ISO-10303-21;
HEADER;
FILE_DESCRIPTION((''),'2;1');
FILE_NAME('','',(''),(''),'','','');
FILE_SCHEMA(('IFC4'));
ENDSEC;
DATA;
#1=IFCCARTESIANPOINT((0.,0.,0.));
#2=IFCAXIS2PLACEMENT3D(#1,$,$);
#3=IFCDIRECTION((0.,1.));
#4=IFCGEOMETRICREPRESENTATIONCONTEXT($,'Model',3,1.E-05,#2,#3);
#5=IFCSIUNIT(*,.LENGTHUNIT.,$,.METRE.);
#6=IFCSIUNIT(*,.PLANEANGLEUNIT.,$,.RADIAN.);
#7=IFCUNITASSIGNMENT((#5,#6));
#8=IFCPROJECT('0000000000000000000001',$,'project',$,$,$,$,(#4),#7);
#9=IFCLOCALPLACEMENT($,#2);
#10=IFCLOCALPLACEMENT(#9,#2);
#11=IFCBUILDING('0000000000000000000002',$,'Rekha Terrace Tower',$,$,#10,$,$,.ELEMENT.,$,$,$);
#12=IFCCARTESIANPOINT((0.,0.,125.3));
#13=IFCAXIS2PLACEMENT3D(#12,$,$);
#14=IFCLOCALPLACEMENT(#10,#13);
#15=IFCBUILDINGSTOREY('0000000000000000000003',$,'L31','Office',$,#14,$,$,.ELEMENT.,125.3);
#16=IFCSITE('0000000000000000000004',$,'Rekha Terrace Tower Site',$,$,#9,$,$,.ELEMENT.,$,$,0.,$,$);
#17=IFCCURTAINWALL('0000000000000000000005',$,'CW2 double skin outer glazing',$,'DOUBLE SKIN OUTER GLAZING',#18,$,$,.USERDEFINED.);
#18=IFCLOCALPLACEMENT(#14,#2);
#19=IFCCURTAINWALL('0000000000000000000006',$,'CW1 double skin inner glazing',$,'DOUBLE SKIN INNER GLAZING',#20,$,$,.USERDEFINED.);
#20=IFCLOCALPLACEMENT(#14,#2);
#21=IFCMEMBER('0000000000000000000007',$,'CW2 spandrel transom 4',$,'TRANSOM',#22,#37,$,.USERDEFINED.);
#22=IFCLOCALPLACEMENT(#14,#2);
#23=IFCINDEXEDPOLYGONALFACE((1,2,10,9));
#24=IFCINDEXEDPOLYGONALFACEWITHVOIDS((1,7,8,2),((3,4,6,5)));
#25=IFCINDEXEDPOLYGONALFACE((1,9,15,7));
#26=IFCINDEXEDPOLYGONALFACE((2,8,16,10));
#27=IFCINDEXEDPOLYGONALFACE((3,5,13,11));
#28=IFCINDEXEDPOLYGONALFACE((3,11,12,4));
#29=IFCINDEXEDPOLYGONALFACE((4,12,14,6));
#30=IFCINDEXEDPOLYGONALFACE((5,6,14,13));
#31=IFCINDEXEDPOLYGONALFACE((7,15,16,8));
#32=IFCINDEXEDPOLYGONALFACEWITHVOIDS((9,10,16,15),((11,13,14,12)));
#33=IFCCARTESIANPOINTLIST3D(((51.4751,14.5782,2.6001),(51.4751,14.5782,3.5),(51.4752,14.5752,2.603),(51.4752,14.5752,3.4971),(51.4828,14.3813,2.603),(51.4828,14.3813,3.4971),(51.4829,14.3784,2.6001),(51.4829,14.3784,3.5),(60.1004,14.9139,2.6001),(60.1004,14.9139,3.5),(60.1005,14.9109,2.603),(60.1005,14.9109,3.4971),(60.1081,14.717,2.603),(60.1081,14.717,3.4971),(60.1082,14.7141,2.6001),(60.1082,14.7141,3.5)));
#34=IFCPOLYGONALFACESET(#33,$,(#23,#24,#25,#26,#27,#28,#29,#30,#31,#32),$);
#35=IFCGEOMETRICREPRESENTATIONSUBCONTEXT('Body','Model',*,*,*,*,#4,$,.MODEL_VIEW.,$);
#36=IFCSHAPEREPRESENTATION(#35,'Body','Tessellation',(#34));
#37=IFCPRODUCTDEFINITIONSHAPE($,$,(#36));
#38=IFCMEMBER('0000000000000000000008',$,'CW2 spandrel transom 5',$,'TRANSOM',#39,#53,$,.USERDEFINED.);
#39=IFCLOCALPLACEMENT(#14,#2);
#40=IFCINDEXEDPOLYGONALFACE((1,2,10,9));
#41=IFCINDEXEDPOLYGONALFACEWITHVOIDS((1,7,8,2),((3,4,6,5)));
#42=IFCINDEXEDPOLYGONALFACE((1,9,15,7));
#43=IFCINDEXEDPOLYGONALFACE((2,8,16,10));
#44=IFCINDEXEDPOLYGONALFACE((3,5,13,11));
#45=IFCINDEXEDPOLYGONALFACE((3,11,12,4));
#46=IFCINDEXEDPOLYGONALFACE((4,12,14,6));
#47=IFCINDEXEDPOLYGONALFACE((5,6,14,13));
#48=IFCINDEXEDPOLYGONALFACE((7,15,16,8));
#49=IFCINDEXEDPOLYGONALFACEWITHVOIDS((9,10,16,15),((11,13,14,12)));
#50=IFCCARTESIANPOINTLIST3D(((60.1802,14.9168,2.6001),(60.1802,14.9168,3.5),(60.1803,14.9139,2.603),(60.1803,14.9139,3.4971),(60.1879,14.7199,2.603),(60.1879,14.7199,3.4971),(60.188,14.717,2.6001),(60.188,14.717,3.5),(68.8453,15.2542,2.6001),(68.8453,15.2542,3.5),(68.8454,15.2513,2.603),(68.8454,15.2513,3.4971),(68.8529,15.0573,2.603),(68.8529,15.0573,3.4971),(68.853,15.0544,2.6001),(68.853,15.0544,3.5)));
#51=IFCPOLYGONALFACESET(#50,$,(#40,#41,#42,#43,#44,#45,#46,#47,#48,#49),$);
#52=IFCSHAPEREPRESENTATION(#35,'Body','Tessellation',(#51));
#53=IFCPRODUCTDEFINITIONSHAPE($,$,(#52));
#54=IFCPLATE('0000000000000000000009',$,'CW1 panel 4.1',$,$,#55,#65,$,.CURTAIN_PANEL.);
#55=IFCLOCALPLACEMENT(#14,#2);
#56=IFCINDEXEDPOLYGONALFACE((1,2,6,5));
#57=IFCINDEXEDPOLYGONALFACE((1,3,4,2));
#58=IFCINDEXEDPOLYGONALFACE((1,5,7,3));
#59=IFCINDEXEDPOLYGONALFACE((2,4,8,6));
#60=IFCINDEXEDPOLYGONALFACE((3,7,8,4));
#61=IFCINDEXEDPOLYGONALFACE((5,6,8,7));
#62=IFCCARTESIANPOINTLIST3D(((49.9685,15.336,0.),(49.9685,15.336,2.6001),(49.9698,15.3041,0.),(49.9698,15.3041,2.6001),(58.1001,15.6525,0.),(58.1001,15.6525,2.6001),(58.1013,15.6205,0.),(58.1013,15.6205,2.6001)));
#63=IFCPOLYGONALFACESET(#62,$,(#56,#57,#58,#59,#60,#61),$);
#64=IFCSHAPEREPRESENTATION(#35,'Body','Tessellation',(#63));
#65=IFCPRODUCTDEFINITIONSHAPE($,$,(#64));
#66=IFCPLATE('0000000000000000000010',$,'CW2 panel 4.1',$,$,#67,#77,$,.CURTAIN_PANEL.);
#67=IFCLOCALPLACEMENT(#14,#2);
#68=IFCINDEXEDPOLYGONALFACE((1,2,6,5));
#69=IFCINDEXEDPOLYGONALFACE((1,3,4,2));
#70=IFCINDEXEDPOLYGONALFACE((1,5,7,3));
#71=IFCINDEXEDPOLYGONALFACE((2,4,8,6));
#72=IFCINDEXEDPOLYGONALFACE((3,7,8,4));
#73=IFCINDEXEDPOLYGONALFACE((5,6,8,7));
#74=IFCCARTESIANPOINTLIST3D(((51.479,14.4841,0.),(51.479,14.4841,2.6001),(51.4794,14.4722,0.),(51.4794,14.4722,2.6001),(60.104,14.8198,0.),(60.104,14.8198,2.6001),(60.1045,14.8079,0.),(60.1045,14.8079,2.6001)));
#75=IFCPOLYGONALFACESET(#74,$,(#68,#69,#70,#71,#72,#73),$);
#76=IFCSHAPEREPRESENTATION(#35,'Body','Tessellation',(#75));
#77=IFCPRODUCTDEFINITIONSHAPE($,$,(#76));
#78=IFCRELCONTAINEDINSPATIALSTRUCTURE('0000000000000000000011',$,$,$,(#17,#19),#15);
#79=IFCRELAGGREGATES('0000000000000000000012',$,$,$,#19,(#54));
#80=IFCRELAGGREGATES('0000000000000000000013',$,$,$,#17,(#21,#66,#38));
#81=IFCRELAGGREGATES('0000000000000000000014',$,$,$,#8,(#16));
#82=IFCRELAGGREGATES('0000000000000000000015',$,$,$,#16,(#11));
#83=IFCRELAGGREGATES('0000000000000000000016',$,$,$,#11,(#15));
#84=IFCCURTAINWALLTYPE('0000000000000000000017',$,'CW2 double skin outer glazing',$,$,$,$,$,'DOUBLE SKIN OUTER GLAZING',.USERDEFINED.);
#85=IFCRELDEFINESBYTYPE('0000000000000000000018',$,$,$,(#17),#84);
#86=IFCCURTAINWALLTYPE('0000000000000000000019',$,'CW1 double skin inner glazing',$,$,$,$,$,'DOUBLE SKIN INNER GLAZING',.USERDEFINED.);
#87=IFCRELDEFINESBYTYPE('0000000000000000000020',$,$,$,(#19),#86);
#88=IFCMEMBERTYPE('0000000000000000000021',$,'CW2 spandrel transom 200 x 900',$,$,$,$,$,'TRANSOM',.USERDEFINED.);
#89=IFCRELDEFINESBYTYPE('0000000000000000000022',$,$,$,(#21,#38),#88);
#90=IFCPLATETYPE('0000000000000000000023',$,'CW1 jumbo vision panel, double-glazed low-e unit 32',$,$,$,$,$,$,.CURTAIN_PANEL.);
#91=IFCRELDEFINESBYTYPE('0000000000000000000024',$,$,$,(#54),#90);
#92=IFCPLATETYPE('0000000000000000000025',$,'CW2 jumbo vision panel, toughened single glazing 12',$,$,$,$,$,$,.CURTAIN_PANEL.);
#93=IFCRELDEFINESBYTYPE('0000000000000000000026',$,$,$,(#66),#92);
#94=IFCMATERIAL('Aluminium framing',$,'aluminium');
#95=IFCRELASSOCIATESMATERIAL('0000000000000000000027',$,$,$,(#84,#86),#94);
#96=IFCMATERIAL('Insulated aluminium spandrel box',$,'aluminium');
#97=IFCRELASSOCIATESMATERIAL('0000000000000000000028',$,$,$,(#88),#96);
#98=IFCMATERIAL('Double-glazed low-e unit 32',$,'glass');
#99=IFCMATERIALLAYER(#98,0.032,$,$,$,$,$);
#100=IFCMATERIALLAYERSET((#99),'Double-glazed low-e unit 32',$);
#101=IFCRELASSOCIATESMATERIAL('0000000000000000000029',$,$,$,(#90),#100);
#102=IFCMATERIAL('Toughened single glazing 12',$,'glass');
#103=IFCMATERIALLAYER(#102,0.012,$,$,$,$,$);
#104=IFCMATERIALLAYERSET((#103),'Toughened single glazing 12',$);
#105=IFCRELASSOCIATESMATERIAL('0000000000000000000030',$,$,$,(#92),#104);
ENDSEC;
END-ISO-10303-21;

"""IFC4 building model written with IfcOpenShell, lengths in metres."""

from ifc_helpers import new_model, si_unit, direction, frame, origin, origin_2d, place, context, subcontext, project, spatial, rectangle, hollow_rectangle, extrude, material, layer, layer_set, material_profile, profile_set, type_object, element, aggregate, save


model = new_model("IFC4")

# Units and contexts
model_context = context("Model", 3, precision=1e-05, world=origin(), true_north=direction((0.0, 1.0)))
body_context = subcontext(model_context, "Body", "Model", "MODEL_VIEW")
ifc_project = project(units=[si_unit("LENGTHUNIT", "METRE"), si_unit("PLANEANGLEUNIT", "RADIAN")], contexts=[model_context])

# Site, building, storey
site_placement = place(None, origin())
site = spatial("IfcSite", under=ifc_project, at=site_placement, Name="Rekha Terrace Tower Site", CompositionType="ELEMENT", RefElevation=0.0)
building_placement = place(site_placement, origin())
building = spatial("IfcBuilding", under=site, at=building_placement, Name="Rekha Terrace Tower", CompositionType="ELEMENT")
storey_placement = place(building_placement, frame((0.0, 0.0, 125.3)))
storey = spatial("IfcBuildingStorey", under=building, at=storey_placement, Name="L31", Description="Office", CompositionType="ELEMENT", Elevation=125.3)

# Curtain walls
ifc_material_1 = material(Name="Aluminium framing", Category="aluminium")
curtain_wall_type_1 = type_object("IfcCurtainWallType", Name="CW2 double skin outer glazing", ElementType="DOUBLE SKIN OUTER GLAZING", PredefinedType="USERDEFINED", material=ifc_material_1)
curtain_wall_1_placement = place(storey_placement, origin())
curtain_wall_1 = element("IfcCurtainWall", 1, at=curtain_wall_1_placement, inside=storey, type_object=curtain_wall_type_1, Name="CW2 double skin outer glazing", ObjectType="DOUBLE SKIN OUTER GLAZING", PredefinedType="USERDEFINED")
curtain_wall_type_2 = type_object("IfcCurtainWallType", Name="CW1 double skin inner glazing", ElementType="DOUBLE SKIN INNER GLAZING", PredefinedType="USERDEFINED", material=ifc_material_1)
curtain_wall_2_placement = place(storey_placement, origin())
curtain_wall_2 = element("IfcCurtainWall", 2, at=curtain_wall_2_placement, inside=storey, type_object=curtain_wall_type_2, Name="CW1 double skin inner glazing", ObjectType="DOUBLE SKIN INNER GLAZING", PredefinedType="USERDEFINED")
ifc_material_2 = material(Name="Insulated aluminium spandrel box", Category="aluminium")

# Members
ifc_material_profile_1 = material_profile(ifc_material_2, hollow_rectangle(XDim=0.2, YDim=0.8999, WallThickness=0.0029, at=origin_2d()), Name="AL SPANDREL BOX 200x900")
ifc_profile_set_1 = profile_set([ifc_material_profile_1], Name="Insulated aluminium spandrel box")
member_type_1 = type_object("IfcMemberType", Name="CW2 spandrel transom 200 x 900", ElementType="TRANSOM", PredefinedType="USERDEFINED", material=ifc_profile_set_1)
member_1_placement = place(storey_placement, frame((51.479, 14.4783, 3.05), z_axis=(0.999243, 0.03889, 0.0), x_axis=(-0.03889, 0.999243, 0.0)))
member_1 = element("IfcMember", 3, at=member_1_placement, type_object=member_type_1, Name="CW2 spandrel transom 4", ObjectType="TRANSOM", PredefinedType="USERDEFINED", context=body_context, shape_type="SweptSolid", body=[
    extrude(hollow_rectangle(XDim=0.2, YDim=0.8999, WallThickness=0.0029, at=origin_2d()), origin(), (0.0, 0.0, 1.0), 8.6318),
])
member_2_placement = place(storey_placement, frame((60.1841, 14.8169, 3.05), z_axis=(0.999243, 0.038909, 0.0), x_axis=(-0.038909, 0.999243, 0.0)))
member_2 = element("IfcMember", 4, at=member_2_placement, type_object=member_type_1, Name="CW2 spandrel transom 5", ObjectType="TRANSOM", PredefinedType="USERDEFINED", context=body_context, shape_type="SweptSolid", body=[
    extrude(hollow_rectangle(XDim=0.2, YDim=0.8999, WallThickness=0.0029, at=origin_2d()), origin(), (0.0, 0.0, 1.0), 8.6716),
])

# Plates
ifc_material_3 = material(Name="Double-glazed low-e unit 32", Category="glass")
ifc_layer_1 = layer(ifc_material_3, 0.032)
ifc_layer_set_1 = layer_set([ifc_layer_1], Name="Double-glazed low-e unit 32")
plate_type_1 = type_object("IfcPlateType", Name="CW1 jumbo vision panel, double-glazed low-e unit 32", PredefinedType="CURTAIN_PANEL", material=ifc_layer_set_1)
plate_1_placement = place(storey_placement, frame((54.0349, 15.4783, 0.0), z_axis=(0.0, 0.0, 1.0), x_axis=(0.999243, 0.03889, 0.0)))
plate_1 = element("IfcPlate", 5, at=plate_1_placement, type_object=plate_type_1, Name="CW1 panel 4.1", PredefinedType="CURTAIN_PANEL", context=body_context, shape_type="SweptSolid", body=[
    extrude(rectangle(XDim=8.1377, YDim=0.032, at=origin_2d()), origin(), (0.0, 0.0, 1.0), 2.6001),
])
aggregate(curtain_wall_2, [plate_1])
ifc_material_4 = material(Name="Toughened single glazing 12", Category="glass")
ifc_layer_2 = layer(ifc_material_4, 0.012)
ifc_layer_set_2 = layer_set([ifc_layer_2], Name="Toughened single glazing 12")
plate_type_2 = type_object("IfcPlateType", Name="CW2 jumbo vision panel, toughened single glazing 12", PredefinedType="CURTAIN_PANEL", material=ifc_layer_set_2)
plate_2_placement = place(storey_placement, frame((55.7917, 14.646, 0.0), z_axis=(0.0, 0.0, 1.0), x_axis=(0.999243, 0.03889, 0.0)))
plate_2 = element("IfcPlate", 6, at=plate_2_placement, type_object=plate_type_2, Name="CW2 panel 4.1", PredefinedType="CURTAIN_PANEL", context=body_context, shape_type="SweptSolid", body=[
    extrude(rectangle(XDim=8.6316, YDim=0.012, at=origin_2d()), origin(), (0.0, 0.0, 1.0), 2.6001),
])
aggregate(curtain_wall_1, [member_1, plate_2, member_2])

save(model, "model.ifc")
